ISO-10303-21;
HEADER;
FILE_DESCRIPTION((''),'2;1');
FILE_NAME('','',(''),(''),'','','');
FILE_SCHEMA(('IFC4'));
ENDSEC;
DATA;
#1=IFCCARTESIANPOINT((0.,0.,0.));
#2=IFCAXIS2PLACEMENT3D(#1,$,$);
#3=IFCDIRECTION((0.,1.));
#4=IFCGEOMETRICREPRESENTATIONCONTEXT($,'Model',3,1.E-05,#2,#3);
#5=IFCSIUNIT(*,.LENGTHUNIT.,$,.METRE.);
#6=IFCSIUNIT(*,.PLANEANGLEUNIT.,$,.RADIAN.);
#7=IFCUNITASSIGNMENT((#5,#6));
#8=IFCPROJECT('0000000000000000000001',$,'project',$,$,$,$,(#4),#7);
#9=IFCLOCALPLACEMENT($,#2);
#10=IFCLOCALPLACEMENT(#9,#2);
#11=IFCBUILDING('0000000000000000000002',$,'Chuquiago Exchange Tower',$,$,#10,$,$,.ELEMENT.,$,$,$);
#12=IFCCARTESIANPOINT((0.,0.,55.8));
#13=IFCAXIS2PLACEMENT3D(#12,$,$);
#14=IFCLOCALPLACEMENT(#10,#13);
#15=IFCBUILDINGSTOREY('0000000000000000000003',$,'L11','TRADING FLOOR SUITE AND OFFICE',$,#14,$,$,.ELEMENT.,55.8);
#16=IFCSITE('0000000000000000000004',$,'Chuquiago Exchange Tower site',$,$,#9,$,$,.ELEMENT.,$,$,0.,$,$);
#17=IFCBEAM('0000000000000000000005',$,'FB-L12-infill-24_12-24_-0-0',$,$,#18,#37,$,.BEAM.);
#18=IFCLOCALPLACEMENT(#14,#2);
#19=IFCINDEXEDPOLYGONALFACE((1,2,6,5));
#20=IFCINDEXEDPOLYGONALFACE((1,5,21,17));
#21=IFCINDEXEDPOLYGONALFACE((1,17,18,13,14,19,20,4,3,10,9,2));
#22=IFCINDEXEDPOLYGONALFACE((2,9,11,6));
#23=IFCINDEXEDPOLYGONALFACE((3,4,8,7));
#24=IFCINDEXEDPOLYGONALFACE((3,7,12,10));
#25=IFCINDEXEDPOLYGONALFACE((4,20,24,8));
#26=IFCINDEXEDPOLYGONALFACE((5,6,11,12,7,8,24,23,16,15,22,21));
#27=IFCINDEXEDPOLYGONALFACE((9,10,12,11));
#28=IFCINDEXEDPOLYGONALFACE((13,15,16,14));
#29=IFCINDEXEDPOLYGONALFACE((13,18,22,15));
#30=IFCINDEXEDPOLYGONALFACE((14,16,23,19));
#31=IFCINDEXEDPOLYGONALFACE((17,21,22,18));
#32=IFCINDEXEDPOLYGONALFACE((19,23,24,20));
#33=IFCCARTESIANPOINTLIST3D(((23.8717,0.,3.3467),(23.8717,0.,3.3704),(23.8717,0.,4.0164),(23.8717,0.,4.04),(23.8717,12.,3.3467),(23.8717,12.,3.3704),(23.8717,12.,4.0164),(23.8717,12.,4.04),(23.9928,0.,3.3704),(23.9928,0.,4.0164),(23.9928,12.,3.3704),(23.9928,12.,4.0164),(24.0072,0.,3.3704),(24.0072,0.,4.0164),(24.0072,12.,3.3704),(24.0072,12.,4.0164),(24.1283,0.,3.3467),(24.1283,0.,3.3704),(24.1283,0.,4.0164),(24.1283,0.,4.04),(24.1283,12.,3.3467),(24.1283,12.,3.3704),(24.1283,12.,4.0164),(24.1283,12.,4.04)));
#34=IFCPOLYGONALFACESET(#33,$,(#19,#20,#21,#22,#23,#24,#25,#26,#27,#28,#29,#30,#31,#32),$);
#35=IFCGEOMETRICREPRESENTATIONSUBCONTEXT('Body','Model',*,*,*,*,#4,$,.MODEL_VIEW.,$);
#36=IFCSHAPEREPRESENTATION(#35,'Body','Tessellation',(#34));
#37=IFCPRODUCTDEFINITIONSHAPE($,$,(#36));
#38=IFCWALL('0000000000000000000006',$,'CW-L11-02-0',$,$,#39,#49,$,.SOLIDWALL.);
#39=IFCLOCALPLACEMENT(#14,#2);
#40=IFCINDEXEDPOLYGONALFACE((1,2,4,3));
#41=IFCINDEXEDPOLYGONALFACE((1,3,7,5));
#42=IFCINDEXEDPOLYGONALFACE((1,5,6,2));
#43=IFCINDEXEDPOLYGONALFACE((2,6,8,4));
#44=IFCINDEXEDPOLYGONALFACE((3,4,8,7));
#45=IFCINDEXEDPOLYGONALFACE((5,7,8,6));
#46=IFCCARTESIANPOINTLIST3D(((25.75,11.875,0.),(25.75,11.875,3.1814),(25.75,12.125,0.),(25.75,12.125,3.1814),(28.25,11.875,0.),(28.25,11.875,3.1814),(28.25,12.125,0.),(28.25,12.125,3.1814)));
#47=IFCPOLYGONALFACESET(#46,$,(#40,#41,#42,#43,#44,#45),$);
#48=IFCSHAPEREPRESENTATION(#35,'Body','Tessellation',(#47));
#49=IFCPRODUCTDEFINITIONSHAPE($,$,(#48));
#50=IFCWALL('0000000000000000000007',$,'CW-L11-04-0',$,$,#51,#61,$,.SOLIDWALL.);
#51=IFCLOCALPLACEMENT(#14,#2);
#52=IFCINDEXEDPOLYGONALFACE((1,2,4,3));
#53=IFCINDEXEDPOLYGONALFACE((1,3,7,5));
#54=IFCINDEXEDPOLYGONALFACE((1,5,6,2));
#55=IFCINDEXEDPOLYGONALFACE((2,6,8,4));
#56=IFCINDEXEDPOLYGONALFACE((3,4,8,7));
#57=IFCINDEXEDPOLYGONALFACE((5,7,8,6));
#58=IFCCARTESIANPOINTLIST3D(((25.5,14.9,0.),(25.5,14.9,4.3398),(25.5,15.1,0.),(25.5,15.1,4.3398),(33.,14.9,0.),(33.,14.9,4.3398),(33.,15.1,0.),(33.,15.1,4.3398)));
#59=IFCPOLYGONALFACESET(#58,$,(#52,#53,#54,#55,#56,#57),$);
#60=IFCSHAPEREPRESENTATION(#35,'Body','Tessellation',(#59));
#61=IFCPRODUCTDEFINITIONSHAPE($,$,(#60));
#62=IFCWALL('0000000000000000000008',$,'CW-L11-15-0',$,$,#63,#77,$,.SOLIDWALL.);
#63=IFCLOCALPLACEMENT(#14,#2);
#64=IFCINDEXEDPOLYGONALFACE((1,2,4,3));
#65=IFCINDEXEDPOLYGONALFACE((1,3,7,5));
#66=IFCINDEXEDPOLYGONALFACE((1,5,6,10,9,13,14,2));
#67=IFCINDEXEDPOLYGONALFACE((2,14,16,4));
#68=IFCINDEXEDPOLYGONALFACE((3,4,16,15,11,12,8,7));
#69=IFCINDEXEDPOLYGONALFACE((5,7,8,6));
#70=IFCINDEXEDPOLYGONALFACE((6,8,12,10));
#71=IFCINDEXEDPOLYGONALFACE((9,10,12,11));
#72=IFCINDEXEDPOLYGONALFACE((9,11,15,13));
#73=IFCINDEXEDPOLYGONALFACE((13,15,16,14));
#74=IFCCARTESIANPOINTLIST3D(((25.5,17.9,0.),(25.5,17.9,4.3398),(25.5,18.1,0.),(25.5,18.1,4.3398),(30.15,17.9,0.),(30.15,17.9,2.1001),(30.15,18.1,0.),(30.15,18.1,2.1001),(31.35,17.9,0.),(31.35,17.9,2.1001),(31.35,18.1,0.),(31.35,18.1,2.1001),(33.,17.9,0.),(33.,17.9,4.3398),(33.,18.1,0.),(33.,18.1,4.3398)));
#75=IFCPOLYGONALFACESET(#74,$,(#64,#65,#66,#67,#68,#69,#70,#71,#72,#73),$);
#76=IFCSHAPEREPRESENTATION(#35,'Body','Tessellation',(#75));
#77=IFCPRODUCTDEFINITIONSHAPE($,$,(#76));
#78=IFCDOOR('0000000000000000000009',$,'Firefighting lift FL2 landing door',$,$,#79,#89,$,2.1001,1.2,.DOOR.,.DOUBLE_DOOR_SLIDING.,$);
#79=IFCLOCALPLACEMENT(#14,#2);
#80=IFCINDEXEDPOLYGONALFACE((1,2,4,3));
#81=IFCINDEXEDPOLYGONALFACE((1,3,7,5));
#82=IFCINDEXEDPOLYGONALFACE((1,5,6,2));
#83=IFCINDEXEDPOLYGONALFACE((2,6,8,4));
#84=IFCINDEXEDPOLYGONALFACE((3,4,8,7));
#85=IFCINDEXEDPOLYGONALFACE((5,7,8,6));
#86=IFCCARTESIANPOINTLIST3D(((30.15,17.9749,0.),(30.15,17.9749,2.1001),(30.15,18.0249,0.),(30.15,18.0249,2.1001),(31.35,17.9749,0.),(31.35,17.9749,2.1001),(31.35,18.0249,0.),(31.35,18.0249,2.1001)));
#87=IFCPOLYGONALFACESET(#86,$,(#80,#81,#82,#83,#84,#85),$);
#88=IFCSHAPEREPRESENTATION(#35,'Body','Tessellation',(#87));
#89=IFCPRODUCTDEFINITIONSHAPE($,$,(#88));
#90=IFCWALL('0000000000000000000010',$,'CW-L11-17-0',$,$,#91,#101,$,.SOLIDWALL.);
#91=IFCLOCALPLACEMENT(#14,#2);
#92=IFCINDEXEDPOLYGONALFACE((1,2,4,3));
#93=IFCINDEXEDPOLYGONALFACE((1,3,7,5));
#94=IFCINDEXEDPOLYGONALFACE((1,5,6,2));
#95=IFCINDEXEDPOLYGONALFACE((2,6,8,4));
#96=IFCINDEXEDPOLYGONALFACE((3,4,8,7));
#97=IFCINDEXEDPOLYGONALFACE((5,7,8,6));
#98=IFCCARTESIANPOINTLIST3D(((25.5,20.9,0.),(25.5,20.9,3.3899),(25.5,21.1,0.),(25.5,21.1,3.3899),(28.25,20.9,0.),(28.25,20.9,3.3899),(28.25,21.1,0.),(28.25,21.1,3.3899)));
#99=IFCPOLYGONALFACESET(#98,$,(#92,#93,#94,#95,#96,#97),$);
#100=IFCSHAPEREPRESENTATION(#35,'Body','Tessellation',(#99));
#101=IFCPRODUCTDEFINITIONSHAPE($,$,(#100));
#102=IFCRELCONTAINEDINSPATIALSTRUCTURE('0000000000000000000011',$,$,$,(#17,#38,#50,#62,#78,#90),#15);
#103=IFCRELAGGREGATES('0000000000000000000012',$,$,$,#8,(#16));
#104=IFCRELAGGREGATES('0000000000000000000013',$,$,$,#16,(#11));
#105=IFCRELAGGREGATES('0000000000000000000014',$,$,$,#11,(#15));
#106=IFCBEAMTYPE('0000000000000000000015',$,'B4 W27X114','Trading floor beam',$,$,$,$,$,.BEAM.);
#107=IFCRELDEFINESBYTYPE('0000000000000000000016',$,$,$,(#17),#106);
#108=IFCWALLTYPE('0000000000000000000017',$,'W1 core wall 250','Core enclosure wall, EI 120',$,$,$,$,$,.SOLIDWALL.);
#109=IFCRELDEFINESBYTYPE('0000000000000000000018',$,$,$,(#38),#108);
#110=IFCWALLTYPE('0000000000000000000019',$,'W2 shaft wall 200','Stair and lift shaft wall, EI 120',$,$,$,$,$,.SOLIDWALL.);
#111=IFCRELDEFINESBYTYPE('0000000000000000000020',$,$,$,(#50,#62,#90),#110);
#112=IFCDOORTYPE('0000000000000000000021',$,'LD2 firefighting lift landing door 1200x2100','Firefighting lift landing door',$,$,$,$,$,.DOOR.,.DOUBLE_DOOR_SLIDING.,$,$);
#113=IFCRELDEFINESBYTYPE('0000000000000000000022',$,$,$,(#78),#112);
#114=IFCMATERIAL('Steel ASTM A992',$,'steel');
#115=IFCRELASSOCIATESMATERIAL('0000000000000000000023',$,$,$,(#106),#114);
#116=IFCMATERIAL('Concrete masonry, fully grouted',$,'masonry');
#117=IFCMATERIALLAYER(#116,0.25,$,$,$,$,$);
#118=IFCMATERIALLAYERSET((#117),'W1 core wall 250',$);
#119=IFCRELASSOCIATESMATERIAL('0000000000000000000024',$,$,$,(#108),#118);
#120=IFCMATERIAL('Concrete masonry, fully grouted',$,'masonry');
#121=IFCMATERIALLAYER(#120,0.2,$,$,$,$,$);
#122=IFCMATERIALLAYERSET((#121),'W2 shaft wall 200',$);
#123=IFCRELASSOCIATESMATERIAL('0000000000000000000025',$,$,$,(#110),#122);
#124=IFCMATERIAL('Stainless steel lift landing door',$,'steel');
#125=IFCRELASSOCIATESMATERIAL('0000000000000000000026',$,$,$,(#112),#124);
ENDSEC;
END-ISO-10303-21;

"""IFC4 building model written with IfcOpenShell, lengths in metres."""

from ifc_helpers import new_model, si_unit, direction, frame, frame_2d, origin, origin_2d, place, context, subcontext, project, spatial, rectangle, i_section, extrude, material, layer, layer_set, material_profile, profile_set, type_object, element, fill, save


model = new_model("IFC4")

# Units and contexts
model_context = context("Model", 3, precision=1e-05, world=origin(), true_north=direction((0.0, 1.0)))
body_context = subcontext(model_context, "Body", "Model", "MODEL_VIEW")
ifc_project = project(units=[si_unit("LENGTHUNIT", "METRE"), si_unit("PLANEANGLEUNIT", "RADIAN")], contexts=[model_context])

# Site, building, storey
site_placement = place(None, origin())
site = spatial("IfcSite", under=ifc_project, at=site_placement, Name="Chuquiago Exchange Tower site", CompositionType="ELEMENT", RefElevation=0.0)
building_placement = place(site_placement, origin())
building = spatial("IfcBuilding", under=site, at=building_placement, Name="Chuquiago Exchange Tower", CompositionType="ELEMENT")
storey_placement = place(building_placement, frame((0.0, 0.0, 55.8)))
storey = spatial("IfcBuildingStorey", under=building, at=storey_placement, Name="L11", Description="TRADING FLOOR SUITE AND OFFICE", CompositionType="ELEMENT", Elevation=55.8)

# Beam
ifc_material_1 = material(Name="Steel ASTM A992", Category="steel")
ifc_material_profile_1 = material_profile(ifc_material_1, i_section(OverallWidth=0.2566, OverallDepth=0.6934, WebThickness=0.0144, FlangeThickness=0.0237, at=origin_2d()), Name="W27X114")
ifc_profile_set_1 = profile_set([ifc_material_profile_1], Name="Steel ASTM A992")
beam_type_1 = type_object("IfcBeamType", Name="B4 W27X114", Description="Trading floor beam", PredefinedType="BEAM", material=ifc_profile_set_1)
for number, where, z_axis, x_axis, name in (
    (1, (24.0, 12.0, 3.6934), (0.0, -1.0, 0.0), (1.0, 0.0, 0.0), "FB-L12-infill-24_12-24_-0-0"),
):
    element("IfcBeam", number, at=place(storey_placement, frame(where, z_axis=z_axis, x_axis=x_axis)), inside=storey, type_object=beam_type_1, Name=name, PredefinedType="BEAM", context=body_context, shape_type="SweptSolid", body=[
        extrude(i_section(OverallWidth=0.2566, OverallDepth=0.6934, WebThickness=0.0144, FlangeThickness=0.0237, at=origin_2d()), origin(), (0.0, 0.0, 1.0), 12.0),
    ])

# Walls
ifc_material_2 = material(Name="Concrete masonry, fully grouted", Category="masonry")
ifc_layer_1 = layer(ifc_material_2, 0.25)
ifc_layer_set_1 = layer_set([ifc_layer_1], Name="W1 core wall 250")
wall_type_1 = type_object("IfcWallType", Name="W1 core wall 250", Description="Core enclosure wall, EI 120", PredefinedType="SOLIDWALL", material=ifc_layer_set_1)
wall_1_placement = place(storey_placement, frame((25.75, 12.0, 0.0), z_axis=(0.0, 0.0, 1.0), x_axis=(1.0, 0.0, 0.0)))
element("IfcWall", 2, at=wall_1_placement, inside=storey, type_object=wall_type_1, Name="CW-L11-02-0", PredefinedType="SOLIDWALL", context=body_context, shape_type="SweptSolid", body=[
    extrude(rectangle(XDim=2.5, YDim=0.25, at=frame_2d((1.25, 0.0))), origin(), (0.0, 0.0, 1.0), 3.1814),
])
ifc_material_3 = material(Name="Concrete masonry, fully grouted", Category="masonry")
ifc_layer_2 = layer(ifc_material_3, 0.2)
ifc_layer_set_2 = layer_set([ifc_layer_2], Name="W2 shaft wall 200")
wall_type_2 = type_object("IfcWallType", Name="W2 shaft wall 200", Description="Stair and lift shaft wall, EI 120", PredefinedType="SOLIDWALL", material=ifc_layer_set_2)
wall_2_placement = place(storey_placement, frame((25.5, 15.0, 0.0), z_axis=(0.0, 0.0, 1.0), x_axis=(1.0, 0.0, 0.0)))
element("IfcWall", 3, at=wall_2_placement, inside=storey, type_object=wall_type_2, Name="CW-L11-04-0", PredefinedType="SOLIDWALL", context=body_context, shape_type="SweptSolid", body=[
    extrude(rectangle(XDim=7.5, YDim=0.2, at=frame_2d((3.75, 0.0))), origin(), (0.0, 0.0, 1.0), 4.3398),
])

# Wall, opening, door
wall_3_placement = place(storey_placement, frame((25.5, 18.0, 0.0), z_axis=(0.0, 0.0, 1.0), x_axis=(1.0, 0.0, 0.0)))
wall_3 = element("IfcWall", 4, at=wall_3_placement, inside=storey, type_object=wall_type_2, Name="CW-L11-15-0", PredefinedType="SOLIDWALL", context=body_context, shape_type="SweptSolid", body=[
    extrude(rectangle(XDim=7.5, YDim=0.2, at=frame_2d((3.75, 0.0))), origin(), (0.0, 0.0, 1.0), 4.3398),
])
opening_1_placement = place(wall_3_placement, frame((4.6499, 0.0, 0.0)))
opening_1 = element("IfcOpeningElement", 5, at=opening_1_placement, cuts=wall_3, PredefinedType="OPENING", context=body_context, shape_type="SweptSolid", body=[
    extrude(rectangle(XDim=1.2, YDim=2.1001, at=frame_2d((0.6001, 1.05))), frame((0.0, 0.1099, 0.0), z_axis=(0.0, -1.0, 0.0), x_axis=(1.0, 0.0, 0.0)), (0.0, 0.0, 1.0), 0.22),
])
ifc_material_4 = material(Name="Stainless steel lift landing door", Category="steel")
door_type_1 = type_object("IfcDoorType", Name="LD2 firefighting lift landing door 1200x2100", Description="Firefighting lift landing door", OperationType="DOUBLE_DOOR_SLIDING", PredefinedType="DOOR", material=ifc_material_4)
door_1_placement = place(opening_1_placement, origin())
door_1 = element("IfcDoor", 6, at=door_1_placement, inside=storey, type_object=door_type_1, Name="Firefighting lift FL2 landing door", OperationType="DOUBLE_DOOR_SLIDING", OverallHeight=2.1001, OverallWidth=1.2, PredefinedType="DOOR", context=body_context, shape_type="SweptSolid", body=[
    extrude(rectangle(XDim=1.2, YDim=2.1001, at=frame_2d((0.6001, 1.05))), frame((0.0, 0.0249, 0.0), z_axis=(0.0, -1.0, 0.0), x_axis=(1.0, 0.0, 0.0)), (0.0, 0.0, 1.0), 0.05),
])
fill(opening_1, door_1)

# Wall
wall_4_placement = place(storey_placement, frame((25.5, 21.0, 0.0), z_axis=(0.0, 0.0, 1.0), x_axis=(1.0, 0.0, 0.0)))
element("IfcWall", 7, at=wall_4_placement, inside=storey, type_object=wall_type_2, Name="CW-L11-17-0", PredefinedType="SOLIDWALL", context=body_context, shape_type="SweptSolid", body=[
    extrude(rectangle(XDim=2.75, YDim=0.2, at=frame_2d((1.375, 0.0))), origin(), (0.0, 0.0, 1.0), 3.3899),
])

save(model, "model.ifc")
